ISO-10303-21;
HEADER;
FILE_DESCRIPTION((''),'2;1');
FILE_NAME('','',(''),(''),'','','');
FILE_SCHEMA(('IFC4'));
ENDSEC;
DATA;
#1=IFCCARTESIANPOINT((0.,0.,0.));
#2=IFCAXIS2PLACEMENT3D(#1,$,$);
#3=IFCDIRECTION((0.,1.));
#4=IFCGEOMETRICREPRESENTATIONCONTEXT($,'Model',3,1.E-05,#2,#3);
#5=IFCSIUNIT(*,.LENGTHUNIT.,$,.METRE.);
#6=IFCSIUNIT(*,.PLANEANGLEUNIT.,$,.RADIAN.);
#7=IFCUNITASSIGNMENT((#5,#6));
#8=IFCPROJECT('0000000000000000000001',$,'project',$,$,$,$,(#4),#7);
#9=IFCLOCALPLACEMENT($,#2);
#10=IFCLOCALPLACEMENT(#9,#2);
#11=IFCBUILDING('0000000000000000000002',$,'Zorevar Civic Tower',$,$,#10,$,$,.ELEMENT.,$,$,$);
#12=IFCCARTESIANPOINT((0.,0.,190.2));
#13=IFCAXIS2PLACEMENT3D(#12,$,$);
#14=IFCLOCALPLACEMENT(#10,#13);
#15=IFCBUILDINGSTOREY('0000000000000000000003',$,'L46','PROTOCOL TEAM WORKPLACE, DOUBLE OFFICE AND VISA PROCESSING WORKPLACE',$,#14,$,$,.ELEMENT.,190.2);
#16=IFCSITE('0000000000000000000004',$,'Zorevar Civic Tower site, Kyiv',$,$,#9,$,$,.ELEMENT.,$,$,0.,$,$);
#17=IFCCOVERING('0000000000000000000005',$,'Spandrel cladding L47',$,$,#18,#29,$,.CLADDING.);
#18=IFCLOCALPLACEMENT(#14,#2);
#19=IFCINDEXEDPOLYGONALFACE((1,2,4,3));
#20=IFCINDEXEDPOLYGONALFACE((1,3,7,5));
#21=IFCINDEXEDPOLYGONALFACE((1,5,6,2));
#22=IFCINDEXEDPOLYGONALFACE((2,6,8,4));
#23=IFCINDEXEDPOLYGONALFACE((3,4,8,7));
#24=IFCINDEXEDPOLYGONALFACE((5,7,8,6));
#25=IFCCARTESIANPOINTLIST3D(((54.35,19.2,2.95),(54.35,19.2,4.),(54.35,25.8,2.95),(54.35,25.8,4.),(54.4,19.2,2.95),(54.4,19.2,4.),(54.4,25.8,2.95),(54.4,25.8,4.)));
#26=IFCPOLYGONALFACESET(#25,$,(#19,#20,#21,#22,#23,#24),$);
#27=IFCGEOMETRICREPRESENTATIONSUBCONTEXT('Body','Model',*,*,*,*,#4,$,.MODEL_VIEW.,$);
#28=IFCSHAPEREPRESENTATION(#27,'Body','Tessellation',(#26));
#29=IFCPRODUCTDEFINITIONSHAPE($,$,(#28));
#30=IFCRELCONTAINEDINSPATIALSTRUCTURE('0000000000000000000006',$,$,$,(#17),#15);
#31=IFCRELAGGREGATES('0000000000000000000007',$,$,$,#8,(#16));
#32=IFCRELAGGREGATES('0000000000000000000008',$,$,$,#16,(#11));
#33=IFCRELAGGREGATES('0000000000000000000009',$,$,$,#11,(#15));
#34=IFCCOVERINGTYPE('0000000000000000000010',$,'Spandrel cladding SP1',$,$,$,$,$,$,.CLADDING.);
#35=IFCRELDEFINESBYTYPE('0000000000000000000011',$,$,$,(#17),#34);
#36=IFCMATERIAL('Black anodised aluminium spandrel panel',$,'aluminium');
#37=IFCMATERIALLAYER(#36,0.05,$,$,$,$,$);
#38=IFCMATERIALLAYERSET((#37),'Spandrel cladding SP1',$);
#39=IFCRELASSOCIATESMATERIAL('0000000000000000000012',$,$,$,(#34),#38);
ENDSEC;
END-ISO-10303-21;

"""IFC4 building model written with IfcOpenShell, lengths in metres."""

from ifc_helpers import new_model, si_unit, direction, frame, frame_2d, origin, place, context, subcontext, project, spatial, rectangle, extrude, material, layer, layer_set, type_object, element, save


model = new_model("IFC4")

# Units and contexts
model_context = context("Model", 3, precision=1e-05, world=origin(), true_north=direction((0.0, 1.0)))
body_context = subcontext(model_context, "Body", "Model", "MODEL_VIEW")
ifc_project = project(units=[si_unit("LENGTHUNIT", "METRE"), si_unit("PLANEANGLEUNIT", "RADIAN")], contexts=[model_context])

# Site, building, storey
site_placement = place(None, origin())
site = spatial("IfcSite", under=ifc_project, at=site_placement, Name="Zorevar Civic Tower site, Kyiv", CompositionType="ELEMENT", RefElevation=0.0)
building_placement = place(site_placement, origin())
building = spatial("IfcBuilding", under=site, at=building_placement, Name="Zorevar Civic Tower", CompositionType="ELEMENT")
storey_placement = place(building_placement, frame((0.0, 0.0, 190.2)))
storey = spatial("IfcBuildingStorey", under=building, at=storey_placement, Name="L46", Description="PROTOCOL TEAM WORKPLACE, DOUBLE OFFICE AND VISA PROCESSING WORKPLACE", CompositionType="ELEMENT", Elevation=190.2)

# Covering
ifc_material_1 = material(Name="Black anodised aluminium spandrel panel", Category="aluminium")
ifc_layer_1 = layer(ifc_material_1, 0.05)
ifc_layer_set_1 = layer_set([ifc_layer_1], Name="Spandrel cladding SP1")
covering_type = type_object("IfcCoveringType", Name="Spandrel cladding SP1", PredefinedType="CLADDING", material=ifc_layer_set_1)
covering_1_placement = place(storey_placement, frame((54.375, 19.2, 2.95), z_axis=(0.0, 0.0, 1.0), x_axis=(0.0, 1.0, 0.0)))
element("IfcCovering", 1, at=covering_1_placement, inside=storey, type_object=covering_type, Name="Spandrel cladding L47", PredefinedType="CLADDING", context=body_context, shape_type="SweptSolid", body=[
    extrude(rectangle(XDim=6.6001, YDim=0.05, at=frame_2d((3.3, 0.0))), origin(), (0.0, 0.0, 1.0), 1.05),
])

save(model, "model.ifc")
